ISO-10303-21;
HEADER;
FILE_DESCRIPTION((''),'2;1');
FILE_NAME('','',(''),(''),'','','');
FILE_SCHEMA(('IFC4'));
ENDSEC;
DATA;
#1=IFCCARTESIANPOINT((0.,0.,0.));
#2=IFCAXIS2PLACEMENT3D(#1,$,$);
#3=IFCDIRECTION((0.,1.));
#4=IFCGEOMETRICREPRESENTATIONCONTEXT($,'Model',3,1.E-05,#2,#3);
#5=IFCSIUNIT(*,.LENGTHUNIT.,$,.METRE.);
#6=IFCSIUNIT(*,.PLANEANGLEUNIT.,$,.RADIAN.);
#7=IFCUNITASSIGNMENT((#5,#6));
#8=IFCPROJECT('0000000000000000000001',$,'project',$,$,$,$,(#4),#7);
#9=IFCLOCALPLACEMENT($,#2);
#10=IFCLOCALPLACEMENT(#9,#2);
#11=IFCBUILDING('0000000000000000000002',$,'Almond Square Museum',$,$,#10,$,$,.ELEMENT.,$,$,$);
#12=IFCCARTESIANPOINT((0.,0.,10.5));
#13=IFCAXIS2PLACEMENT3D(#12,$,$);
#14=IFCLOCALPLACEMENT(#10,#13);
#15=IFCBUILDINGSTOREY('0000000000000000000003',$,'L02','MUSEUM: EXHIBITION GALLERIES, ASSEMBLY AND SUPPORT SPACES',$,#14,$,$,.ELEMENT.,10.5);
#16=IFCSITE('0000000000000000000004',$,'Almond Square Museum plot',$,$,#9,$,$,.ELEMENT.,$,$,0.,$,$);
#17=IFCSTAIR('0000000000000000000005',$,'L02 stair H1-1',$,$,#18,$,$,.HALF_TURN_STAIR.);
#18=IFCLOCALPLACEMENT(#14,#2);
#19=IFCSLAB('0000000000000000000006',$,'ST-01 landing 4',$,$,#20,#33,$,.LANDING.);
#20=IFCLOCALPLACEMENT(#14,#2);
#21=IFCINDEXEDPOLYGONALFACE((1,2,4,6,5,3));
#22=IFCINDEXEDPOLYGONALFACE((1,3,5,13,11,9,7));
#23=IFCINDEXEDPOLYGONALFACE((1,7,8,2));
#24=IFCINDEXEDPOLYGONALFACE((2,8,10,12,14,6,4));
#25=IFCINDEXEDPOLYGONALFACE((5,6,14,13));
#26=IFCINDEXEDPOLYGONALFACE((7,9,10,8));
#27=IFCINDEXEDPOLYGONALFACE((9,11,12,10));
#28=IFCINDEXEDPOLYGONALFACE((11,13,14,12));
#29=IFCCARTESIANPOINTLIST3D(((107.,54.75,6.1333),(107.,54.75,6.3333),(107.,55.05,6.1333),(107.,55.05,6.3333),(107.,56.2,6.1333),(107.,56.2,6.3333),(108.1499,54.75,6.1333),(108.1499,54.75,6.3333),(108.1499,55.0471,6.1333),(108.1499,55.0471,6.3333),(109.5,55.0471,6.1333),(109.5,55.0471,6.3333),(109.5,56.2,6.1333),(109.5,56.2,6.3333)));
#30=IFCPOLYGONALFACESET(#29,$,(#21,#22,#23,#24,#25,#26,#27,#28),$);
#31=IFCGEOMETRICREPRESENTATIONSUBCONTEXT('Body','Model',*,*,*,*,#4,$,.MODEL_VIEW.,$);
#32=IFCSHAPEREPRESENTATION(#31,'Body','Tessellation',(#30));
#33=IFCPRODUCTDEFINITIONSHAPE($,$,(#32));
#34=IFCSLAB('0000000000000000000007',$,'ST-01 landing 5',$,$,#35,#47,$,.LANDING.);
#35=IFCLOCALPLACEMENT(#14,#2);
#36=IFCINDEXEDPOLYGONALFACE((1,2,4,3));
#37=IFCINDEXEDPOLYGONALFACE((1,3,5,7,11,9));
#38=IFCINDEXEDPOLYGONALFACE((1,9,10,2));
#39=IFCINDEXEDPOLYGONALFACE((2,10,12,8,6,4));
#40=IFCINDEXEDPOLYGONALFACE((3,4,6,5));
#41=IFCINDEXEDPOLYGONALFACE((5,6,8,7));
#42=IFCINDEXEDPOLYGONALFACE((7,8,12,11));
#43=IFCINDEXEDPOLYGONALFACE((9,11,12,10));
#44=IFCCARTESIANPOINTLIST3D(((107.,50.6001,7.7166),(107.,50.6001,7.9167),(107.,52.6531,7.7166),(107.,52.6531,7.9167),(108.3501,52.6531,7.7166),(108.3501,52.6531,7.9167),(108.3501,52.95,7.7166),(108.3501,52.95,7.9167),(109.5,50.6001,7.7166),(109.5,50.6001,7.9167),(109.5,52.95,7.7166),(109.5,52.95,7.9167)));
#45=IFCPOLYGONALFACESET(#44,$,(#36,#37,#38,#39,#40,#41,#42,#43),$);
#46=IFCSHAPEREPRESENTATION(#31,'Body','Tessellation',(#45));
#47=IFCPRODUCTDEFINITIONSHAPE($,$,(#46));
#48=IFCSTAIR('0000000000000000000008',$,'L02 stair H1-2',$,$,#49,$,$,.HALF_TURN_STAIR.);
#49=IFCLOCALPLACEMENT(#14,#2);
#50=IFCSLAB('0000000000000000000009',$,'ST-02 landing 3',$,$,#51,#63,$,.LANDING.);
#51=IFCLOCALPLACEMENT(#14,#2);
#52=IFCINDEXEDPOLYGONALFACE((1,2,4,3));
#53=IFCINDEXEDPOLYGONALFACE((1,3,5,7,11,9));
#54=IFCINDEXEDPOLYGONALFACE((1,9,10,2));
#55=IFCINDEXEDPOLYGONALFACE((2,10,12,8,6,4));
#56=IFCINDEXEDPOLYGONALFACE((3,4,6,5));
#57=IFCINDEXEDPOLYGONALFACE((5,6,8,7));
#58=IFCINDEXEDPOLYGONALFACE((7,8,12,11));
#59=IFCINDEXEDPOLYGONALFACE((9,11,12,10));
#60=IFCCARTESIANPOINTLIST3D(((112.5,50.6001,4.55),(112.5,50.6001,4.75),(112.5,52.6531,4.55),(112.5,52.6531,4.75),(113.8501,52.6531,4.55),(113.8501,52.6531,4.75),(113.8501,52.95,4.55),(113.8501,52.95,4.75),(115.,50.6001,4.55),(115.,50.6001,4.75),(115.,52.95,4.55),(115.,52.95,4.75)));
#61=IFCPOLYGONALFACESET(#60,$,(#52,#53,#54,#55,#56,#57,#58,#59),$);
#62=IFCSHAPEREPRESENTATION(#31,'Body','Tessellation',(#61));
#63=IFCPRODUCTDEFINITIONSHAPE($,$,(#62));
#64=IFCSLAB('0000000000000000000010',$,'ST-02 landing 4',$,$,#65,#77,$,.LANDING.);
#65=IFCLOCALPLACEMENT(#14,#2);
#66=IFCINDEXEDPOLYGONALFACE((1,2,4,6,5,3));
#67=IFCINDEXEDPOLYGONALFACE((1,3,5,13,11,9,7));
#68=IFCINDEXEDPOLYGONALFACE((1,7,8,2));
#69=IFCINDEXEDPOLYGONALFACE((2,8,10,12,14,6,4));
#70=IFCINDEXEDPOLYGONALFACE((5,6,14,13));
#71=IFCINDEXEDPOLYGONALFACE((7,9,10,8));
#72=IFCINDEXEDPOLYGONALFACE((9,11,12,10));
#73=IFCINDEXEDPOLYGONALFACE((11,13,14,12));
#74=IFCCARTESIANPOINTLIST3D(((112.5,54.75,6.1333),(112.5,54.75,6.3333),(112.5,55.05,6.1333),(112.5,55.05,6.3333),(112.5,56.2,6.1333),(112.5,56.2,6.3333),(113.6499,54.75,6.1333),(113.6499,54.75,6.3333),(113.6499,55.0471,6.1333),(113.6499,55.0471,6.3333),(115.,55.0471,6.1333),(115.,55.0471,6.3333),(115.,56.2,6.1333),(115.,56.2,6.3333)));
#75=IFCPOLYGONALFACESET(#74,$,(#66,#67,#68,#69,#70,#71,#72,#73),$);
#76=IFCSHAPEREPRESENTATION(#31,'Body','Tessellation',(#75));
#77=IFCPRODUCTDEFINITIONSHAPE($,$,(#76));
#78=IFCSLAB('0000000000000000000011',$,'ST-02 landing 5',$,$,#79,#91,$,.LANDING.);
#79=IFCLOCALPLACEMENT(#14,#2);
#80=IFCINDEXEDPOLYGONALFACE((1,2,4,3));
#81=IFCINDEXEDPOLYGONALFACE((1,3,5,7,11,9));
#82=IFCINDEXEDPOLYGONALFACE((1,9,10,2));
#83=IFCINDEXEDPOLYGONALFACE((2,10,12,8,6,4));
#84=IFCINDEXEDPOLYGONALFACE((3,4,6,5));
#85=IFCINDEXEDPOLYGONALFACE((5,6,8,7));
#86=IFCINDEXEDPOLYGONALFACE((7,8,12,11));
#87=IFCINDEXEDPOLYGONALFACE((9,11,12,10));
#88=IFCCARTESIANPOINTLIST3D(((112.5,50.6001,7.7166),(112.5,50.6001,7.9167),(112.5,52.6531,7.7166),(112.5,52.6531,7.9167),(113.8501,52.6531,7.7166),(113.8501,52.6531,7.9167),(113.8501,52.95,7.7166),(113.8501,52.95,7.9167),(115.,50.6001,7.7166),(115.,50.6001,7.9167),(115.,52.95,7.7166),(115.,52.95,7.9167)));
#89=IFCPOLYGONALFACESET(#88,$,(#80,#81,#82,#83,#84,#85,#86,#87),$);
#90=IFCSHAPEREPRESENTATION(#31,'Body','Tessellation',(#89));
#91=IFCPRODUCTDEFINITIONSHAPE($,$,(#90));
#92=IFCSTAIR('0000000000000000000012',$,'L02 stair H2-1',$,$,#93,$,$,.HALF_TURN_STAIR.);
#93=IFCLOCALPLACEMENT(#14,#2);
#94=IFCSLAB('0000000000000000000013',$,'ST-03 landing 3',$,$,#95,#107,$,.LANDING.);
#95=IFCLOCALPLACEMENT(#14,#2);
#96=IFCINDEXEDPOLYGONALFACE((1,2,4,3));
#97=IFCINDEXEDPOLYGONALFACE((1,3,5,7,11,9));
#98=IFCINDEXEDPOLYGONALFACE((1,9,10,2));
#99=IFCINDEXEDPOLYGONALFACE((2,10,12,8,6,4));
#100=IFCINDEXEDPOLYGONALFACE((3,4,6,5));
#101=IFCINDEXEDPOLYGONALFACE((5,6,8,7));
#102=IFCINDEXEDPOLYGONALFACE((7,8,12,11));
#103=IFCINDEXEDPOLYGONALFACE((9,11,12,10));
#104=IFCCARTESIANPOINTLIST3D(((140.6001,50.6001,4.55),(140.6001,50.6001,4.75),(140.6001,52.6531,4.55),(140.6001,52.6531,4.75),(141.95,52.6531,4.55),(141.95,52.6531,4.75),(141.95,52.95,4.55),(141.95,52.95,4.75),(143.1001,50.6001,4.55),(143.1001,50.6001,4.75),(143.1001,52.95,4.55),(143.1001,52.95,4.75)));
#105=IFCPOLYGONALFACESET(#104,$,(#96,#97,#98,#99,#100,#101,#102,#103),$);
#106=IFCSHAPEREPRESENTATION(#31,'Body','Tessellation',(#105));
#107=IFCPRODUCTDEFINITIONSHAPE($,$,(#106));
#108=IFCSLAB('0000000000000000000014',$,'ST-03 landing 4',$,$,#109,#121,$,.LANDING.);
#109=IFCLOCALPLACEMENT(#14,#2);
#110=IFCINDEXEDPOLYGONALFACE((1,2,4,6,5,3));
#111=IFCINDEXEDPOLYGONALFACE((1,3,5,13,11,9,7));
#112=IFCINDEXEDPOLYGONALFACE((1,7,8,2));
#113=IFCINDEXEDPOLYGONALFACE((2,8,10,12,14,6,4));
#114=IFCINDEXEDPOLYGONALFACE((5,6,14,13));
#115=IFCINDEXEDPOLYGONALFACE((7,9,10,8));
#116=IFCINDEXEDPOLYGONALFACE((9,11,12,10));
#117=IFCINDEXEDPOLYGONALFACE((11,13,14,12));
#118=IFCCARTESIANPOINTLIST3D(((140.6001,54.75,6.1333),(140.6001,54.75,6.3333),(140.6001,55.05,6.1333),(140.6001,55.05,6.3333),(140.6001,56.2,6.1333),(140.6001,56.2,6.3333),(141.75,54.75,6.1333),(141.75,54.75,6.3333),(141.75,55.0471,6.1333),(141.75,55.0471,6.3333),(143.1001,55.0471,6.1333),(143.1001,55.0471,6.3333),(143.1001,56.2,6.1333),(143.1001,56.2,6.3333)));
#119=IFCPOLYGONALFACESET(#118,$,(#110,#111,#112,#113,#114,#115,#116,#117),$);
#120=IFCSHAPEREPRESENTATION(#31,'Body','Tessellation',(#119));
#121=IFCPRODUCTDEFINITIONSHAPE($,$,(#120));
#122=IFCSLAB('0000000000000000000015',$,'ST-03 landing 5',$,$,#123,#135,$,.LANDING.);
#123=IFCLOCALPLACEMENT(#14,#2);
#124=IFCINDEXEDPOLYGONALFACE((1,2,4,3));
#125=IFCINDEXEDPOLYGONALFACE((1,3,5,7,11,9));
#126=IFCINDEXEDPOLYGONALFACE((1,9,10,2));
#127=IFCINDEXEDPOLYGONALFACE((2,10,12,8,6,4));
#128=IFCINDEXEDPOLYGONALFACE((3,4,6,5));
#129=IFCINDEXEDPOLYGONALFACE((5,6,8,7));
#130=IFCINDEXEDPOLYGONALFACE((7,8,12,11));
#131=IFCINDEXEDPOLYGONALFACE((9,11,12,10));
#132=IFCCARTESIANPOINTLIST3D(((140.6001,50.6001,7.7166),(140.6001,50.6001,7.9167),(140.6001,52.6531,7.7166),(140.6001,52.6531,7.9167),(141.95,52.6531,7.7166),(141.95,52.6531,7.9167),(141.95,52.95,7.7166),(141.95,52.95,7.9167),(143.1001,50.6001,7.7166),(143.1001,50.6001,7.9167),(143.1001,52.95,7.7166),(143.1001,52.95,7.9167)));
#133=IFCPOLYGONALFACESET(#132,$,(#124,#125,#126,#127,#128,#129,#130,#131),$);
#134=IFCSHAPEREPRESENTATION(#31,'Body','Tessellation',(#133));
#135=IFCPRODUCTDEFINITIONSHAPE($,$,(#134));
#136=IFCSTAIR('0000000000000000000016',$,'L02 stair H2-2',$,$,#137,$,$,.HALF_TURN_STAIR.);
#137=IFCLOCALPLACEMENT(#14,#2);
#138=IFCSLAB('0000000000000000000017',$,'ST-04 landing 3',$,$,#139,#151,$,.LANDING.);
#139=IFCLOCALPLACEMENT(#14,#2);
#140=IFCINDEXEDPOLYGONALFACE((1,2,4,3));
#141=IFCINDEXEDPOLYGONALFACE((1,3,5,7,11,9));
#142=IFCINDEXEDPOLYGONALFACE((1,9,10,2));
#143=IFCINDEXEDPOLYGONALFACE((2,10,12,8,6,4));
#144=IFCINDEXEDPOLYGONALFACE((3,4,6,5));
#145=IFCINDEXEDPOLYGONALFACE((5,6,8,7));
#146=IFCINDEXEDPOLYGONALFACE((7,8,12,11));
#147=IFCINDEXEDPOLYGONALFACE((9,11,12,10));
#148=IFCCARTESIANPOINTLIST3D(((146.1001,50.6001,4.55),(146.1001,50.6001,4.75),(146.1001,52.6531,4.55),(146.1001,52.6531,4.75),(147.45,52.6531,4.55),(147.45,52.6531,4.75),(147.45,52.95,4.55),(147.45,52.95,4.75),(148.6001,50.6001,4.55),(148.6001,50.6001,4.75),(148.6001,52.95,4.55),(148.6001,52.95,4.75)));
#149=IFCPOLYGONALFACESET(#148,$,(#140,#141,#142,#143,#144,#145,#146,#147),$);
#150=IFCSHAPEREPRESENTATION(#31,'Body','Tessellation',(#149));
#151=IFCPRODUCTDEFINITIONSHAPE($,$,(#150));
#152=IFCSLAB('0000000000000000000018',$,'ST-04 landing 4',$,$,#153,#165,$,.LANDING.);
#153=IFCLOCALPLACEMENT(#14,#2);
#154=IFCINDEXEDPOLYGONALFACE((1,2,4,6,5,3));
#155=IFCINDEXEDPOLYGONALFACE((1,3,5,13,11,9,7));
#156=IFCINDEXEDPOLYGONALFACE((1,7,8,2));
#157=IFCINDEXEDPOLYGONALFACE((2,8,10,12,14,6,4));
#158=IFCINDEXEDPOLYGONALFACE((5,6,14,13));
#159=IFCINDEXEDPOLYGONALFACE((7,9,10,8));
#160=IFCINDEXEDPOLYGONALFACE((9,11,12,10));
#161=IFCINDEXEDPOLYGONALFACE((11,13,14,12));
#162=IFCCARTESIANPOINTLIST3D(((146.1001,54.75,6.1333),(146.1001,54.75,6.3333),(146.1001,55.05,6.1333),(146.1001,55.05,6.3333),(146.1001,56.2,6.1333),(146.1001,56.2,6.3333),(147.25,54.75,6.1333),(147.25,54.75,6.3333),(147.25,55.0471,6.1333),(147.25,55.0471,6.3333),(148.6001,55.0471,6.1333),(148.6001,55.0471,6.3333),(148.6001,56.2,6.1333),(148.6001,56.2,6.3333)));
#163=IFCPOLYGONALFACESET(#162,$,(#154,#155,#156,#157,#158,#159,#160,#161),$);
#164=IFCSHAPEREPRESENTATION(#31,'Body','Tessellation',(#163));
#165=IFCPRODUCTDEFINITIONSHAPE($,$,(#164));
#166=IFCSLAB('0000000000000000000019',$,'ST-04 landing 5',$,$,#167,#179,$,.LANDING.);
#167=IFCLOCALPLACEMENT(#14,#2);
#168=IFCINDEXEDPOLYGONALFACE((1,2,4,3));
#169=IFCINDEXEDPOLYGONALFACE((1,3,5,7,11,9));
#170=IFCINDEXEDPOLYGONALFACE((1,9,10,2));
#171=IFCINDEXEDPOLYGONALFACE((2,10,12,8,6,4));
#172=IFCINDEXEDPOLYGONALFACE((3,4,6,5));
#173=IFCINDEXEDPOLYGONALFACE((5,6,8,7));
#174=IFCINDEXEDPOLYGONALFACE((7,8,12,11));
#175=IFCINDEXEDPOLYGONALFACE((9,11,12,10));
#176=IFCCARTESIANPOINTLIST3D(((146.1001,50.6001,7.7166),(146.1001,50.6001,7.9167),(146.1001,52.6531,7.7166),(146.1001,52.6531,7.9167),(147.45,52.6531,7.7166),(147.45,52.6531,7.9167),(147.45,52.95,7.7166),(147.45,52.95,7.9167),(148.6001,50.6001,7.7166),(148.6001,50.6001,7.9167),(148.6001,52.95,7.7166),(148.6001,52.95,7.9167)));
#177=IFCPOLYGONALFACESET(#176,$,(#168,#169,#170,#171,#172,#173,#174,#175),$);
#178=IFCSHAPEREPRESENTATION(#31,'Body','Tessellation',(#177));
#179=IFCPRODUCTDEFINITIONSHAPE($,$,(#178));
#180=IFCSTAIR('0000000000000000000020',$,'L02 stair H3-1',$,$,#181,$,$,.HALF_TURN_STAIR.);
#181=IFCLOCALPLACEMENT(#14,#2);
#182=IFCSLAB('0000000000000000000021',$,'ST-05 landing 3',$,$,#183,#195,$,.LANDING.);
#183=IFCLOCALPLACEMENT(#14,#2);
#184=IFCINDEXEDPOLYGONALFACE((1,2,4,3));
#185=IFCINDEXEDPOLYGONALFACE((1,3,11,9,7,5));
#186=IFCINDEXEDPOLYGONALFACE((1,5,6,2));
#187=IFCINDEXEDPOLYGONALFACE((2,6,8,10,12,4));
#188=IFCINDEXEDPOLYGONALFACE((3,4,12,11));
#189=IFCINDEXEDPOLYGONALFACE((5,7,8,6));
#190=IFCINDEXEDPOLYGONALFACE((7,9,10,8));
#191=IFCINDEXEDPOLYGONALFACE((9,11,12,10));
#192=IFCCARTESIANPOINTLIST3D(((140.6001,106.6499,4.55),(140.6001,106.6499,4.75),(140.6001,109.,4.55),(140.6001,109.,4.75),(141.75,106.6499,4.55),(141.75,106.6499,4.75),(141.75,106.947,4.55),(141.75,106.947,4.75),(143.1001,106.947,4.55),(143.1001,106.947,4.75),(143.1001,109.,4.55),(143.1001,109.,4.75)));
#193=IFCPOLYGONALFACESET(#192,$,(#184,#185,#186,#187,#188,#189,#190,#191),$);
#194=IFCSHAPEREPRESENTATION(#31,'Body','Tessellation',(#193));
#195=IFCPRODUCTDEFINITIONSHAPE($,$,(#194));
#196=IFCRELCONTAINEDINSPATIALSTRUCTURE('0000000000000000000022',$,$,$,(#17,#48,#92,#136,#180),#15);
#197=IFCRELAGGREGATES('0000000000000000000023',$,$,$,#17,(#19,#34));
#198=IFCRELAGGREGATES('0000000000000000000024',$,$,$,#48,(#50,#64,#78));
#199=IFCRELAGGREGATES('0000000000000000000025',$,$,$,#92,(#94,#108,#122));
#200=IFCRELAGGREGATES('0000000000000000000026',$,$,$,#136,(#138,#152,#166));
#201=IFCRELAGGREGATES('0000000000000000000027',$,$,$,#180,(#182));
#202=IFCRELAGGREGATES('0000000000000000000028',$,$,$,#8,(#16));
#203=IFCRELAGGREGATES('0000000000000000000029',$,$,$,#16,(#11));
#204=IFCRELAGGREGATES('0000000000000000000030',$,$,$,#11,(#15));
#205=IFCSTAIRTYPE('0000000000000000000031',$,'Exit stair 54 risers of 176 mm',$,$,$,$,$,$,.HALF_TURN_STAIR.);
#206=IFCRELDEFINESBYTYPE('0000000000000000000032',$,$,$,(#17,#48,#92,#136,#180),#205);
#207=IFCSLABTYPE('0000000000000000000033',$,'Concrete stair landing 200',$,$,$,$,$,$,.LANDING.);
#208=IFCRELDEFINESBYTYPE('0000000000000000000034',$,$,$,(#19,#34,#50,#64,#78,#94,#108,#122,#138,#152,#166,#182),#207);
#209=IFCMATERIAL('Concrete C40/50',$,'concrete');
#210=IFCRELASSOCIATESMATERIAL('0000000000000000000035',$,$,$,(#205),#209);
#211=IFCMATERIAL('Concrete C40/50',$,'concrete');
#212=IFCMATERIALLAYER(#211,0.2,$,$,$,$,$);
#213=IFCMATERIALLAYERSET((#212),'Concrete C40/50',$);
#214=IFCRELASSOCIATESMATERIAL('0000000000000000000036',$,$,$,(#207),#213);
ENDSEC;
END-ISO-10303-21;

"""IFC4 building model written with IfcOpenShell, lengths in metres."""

from ifc_helpers import new_model, si_unit, direction, frame, origin, place, context, subcontext, project, spatial, polyline, outline, extrude, material, layer, layer_set, type_object, element, aggregate, save


model = new_model("IFC4")

# Units and contexts
model_context = context("Model", 3, precision=1e-05, world=origin(), true_north=direction((0.0, 1.0)))
body_context = subcontext(model_context, "Body", "Model", "MODEL_VIEW")
ifc_project = project(units=[si_unit("LENGTHUNIT", "METRE"), si_unit("PLANEANGLEUNIT", "RADIAN")], contexts=[model_context])

# Site, building, storey
site_placement = place(None, origin())
site = spatial("IfcSite", under=ifc_project, at=site_placement, Name="Almond Square Museum plot", CompositionType="ELEMENT", RefElevation=0.0)
building_placement = place(site_placement, origin())
building = spatial("IfcBuilding", under=site, at=building_placement, Name="Almond Square Museum", CompositionType="ELEMENT")
storey_placement = place(building_placement, frame((0.0, 0.0, 10.5)))
storey = spatial("IfcBuildingStorey", under=building, at=storey_placement, Name="L02", Description="MUSEUM: EXHIBITION GALLERIES, ASSEMBLY AND SUPPORT SPACES", CompositionType="ELEMENT", Elevation=10.5)

# Stairs, slabs
ifc_material_1 = material(Name="Concrete C40/50", Category="concrete")
stair_type = type_object("IfcStairType", Name="Exit stair 54 risers of 176 mm", PredefinedType="HALF_TURN_STAIR", material=ifc_material_1)
stair_1_placement = place(storey_placement, origin())
stair_1 = element("IfcStair", 1, at=stair_1_placement, inside=storey, type_object=stair_type, Name="L02 stair H1-1", PredefinedType="HALF_TURN_STAIR")
ifc_material_2 = material(Name="Concrete C40/50", Category="concrete")
ifc_layer = layer(ifc_material_2, 0.2)
ifc_layer_set = layer_set([ifc_layer], Name="Concrete C40/50")
slab_type = type_object("IfcSlabType", Name="Concrete stair landing 200", PredefinedType="LANDING", material=ifc_layer_set)
slab_1_placement = place(storey_placement, frame((0.0, 0.0, 6.1333)))
slab_1 = element("IfcSlab", 2, at=slab_1_placement, type_object=slab_type, Name="ST-01 landing 4", PredefinedType="LANDING", context=body_context, shape_type="SweptSolid", body=[
    extrude(outline(polyline([(107.0, 56.2), (107.0, 55.05), (107.0, 54.75), (108.1499, 54.75), (108.1499, 55.0471), (109.5, 55.0471), (109.5, 56.2), (107.0, 56.2)])), origin(), (0.0, 0.0, 1.0), 0.2),
])
slab_2_placement = place(storey_placement, frame((0.0, 0.0, 7.7166)))
slab_2 = element("IfcSlab", 3, at=slab_2_placement, type_object=slab_type, Name="ST-01 landing 5", PredefinedType="LANDING", context=body_context, shape_type="SweptSolid", body=[
    extrude(outline(polyline([(107.0, 52.6531), (107.0, 50.6001), (109.5, 50.6001), (109.5, 52.95), (108.3501, 52.95), (108.3501, 52.6531), (107.0, 52.6531)])), origin(), (0.0, 0.0, 1.0), 0.2002),
])
aggregate(stair_1, [slab_1, slab_2])
stair_2_placement = place(storey_placement, origin())
stair_2 = element("IfcStair", 4, at=stair_2_placement, inside=storey, type_object=stair_type, Name="L02 stair H1-2", PredefinedType="HALF_TURN_STAIR")
slab_3_placement = place(storey_placement, frame((0.0, 0.0, 4.55)))
slab_3 = element("IfcSlab", 5, at=slab_3_placement, type_object=slab_type, Name="ST-02 landing 3", PredefinedType="LANDING", context=body_context, shape_type="SweptSolid", body=[
    extrude(outline(polyline([(112.5, 52.6531), (112.5, 50.6001), (115.0, 50.6001), (115.0, 52.95), (113.8501, 52.95), (113.8501, 52.6531), (112.5, 52.6531)])), origin(), (0.0, 0.0, 1.0), 0.2),
])
slab_4_placement = place(storey_placement, frame((0.0, 0.0, 6.1333)))
slab_4 = element("IfcSlab", 6, at=slab_4_placement, type_object=slab_type, Name="ST-02 landing 4", PredefinedType="LANDING", context=body_context, shape_type="SweptSolid", body=[
    extrude(outline(polyline([(112.5, 56.2), (112.5, 55.05), (112.5, 54.75), (113.6499, 54.75), (113.6499, 55.0471), (115.0, 55.0471), (115.0, 56.2), (112.5, 56.2)])), origin(), (0.0, 0.0, 1.0), 0.2),
])
slab_5_placement = place(storey_placement, frame((0.0, 0.0, 7.7166)))
slab_5 = element("IfcSlab", 7, at=slab_5_placement, type_object=slab_type, Name="ST-02 landing 5", PredefinedType="LANDING", context=body_context, shape_type="SweptSolid", body=[
    extrude(outline(polyline([(112.5, 52.6531), (112.5, 50.6001), (115.0, 50.6001), (115.0, 52.95), (113.8501, 52.95), (113.8501, 52.6531), (112.5, 52.6531)])), origin(), (0.0, 0.0, 1.0), 0.2002),
])
aggregate(stair_2, [slab_3, slab_4, slab_5])
stair_3_placement = place(storey_placement, origin())
stair_3 = element("IfcStair", 8, at=stair_3_placement, inside=storey, type_object=stair_type, Name="L02 stair H2-1", PredefinedType="HALF_TURN_STAIR")
slab_6_placement = place(storey_placement, frame((0.0, 0.0, 4.55)))
slab_6 = element("IfcSlab", 9, at=slab_6_placement, type_object=slab_type, Name="ST-03 landing 3", PredefinedType="LANDING", context=body_context, shape_type="SweptSolid", body=[
    extrude(outline(polyline([(140.6001, 52.6531), (140.6001, 50.6001), (143.1001, 50.6001), (143.1001, 52.95), (141.95, 52.95), (141.95, 52.6531), (140.6001, 52.6531)])), origin(), (0.0, 0.0, 1.0), 0.2),
])
slab_7_placement = place(storey_placement, frame((0.0, 0.0, 6.1333)))
slab_7 = element("IfcSlab", 10, at=slab_7_placement, type_object=slab_type, Name="ST-03 landing 4", PredefinedType="LANDING", context=body_context, shape_type="SweptSolid", body=[
    extrude(outline(polyline([(140.6001, 56.2), (140.6001, 55.05), (140.6001, 54.75), (141.75, 54.75), (141.75, 55.0471), (143.1001, 55.0471), (143.1001, 56.2), (140.6001, 56.2)])), origin(), (0.0, 0.0, 1.0), 0.2),
])
slab_8_placement = place(storey_placement, frame((0.0, 0.0, 7.7166)))
slab_8 = element("IfcSlab", 11, at=slab_8_placement, type_object=slab_type, Name="ST-03 landing 5", PredefinedType="LANDING", context=body_context, shape_type="SweptSolid", body=[
    extrude(outline(polyline([(140.6001, 52.6531), (140.6001, 50.6001), (143.1001, 50.6001), (143.1001, 52.95), (141.95, 52.95), (141.95, 52.6531), (140.6001, 52.6531)])), origin(), (0.0, 0.0, 1.0), 0.2002),
])
aggregate(stair_3, [slab_6, slab_7, slab_8])
stair_4_placement = place(storey_placement, origin())
stair_4 = element("IfcStair", 12, at=stair_4_placement, inside=storey, type_object=stair_type, Name="L02 stair H2-2", PredefinedType="HALF_TURN_STAIR")
slab_9_placement = place(storey_placement, frame((0.0, 0.0, 4.55)))
slab_9 = element("IfcSlab", 13, at=slab_9_placement, type_object=slab_type, Name="ST-04 landing 3", PredefinedType="LANDING", context=body_context, shape_type="SweptSolid", body=[
    extrude(outline(polyline([(146.1001, 52.6531), (146.1001, 50.6001), (148.6001, 50.6001), (148.6001, 52.95), (147.45, 52.95), (147.45, 52.6531), (146.1001, 52.6531)])), origin(), (0.0, 0.0, 1.0), 0.2),
])
slab_10_placement = place(storey_placement, frame((0.0, 0.0, 6.1333)))
slab_10 = element("IfcSlab", 14, at=slab_10_placement, type_object=slab_type, Name="ST-04 landing 4", PredefinedType="LANDING", context=body_context, shape_type="SweptSolid", body=[
    extrude(outline(polyline([(146.1001, 56.2), (146.1001, 55.05), (146.1001, 54.75), (147.25, 54.75), (147.25, 55.0471), (148.6001, 55.0471), (148.6001, 56.2), (146.1001, 56.2)])), origin(), (0.0, 0.0, 1.0), 0.2),
])
slab_11_placement = place(storey_placement, frame((0.0, 0.0, 7.7166)))
slab_11 = element("IfcSlab", 15, at=slab_11_placement, type_object=slab_type, Name="ST-04 landing 5", PredefinedType="LANDING", context=body_context, shape_type="SweptSolid", body=[
    extrude(outline(polyline([(146.1001, 52.6531), (146.1001, 50.6001), (148.6001, 50.6001), (148.6001, 52.95), (147.45, 52.95), (147.45, 52.6531), (146.1001, 52.6531)])), origin(), (0.0, 0.0, 1.0), 0.2002),
])
aggregate(stair_4, [slab_9, slab_10, slab_11])
stair_5_placement = place(storey_placement, origin())
stair_5 = element("IfcStair", 16, at=stair_5_placement, inside=storey, type_object=stair_type, Name="L02 stair H3-1", PredefinedType="HALF_TURN_STAIR")
slab_12_placement = place(storey_placement, frame((0.0, 0.0, 4.55)))
slab_12 = element("IfcSlab", 17, at=slab_12_placement, type_object=slab_type, Name="ST-05 landing 3", PredefinedType="LANDING", context=body_context, shape_type="SweptSolid", body=[
    extrude(outline(polyline([(143.1001, 106.947), (143.1001, 109.0), (140.6001, 109.0), (140.6001, 106.6499), (141.75, 106.6499), (141.75, 106.947), (143.1001, 106.947)])), origin(), (0.0, 0.0, 1.0), 0.2),
])
aggregate(stair_5, [slab_12])

save(model, "model.ifc")
